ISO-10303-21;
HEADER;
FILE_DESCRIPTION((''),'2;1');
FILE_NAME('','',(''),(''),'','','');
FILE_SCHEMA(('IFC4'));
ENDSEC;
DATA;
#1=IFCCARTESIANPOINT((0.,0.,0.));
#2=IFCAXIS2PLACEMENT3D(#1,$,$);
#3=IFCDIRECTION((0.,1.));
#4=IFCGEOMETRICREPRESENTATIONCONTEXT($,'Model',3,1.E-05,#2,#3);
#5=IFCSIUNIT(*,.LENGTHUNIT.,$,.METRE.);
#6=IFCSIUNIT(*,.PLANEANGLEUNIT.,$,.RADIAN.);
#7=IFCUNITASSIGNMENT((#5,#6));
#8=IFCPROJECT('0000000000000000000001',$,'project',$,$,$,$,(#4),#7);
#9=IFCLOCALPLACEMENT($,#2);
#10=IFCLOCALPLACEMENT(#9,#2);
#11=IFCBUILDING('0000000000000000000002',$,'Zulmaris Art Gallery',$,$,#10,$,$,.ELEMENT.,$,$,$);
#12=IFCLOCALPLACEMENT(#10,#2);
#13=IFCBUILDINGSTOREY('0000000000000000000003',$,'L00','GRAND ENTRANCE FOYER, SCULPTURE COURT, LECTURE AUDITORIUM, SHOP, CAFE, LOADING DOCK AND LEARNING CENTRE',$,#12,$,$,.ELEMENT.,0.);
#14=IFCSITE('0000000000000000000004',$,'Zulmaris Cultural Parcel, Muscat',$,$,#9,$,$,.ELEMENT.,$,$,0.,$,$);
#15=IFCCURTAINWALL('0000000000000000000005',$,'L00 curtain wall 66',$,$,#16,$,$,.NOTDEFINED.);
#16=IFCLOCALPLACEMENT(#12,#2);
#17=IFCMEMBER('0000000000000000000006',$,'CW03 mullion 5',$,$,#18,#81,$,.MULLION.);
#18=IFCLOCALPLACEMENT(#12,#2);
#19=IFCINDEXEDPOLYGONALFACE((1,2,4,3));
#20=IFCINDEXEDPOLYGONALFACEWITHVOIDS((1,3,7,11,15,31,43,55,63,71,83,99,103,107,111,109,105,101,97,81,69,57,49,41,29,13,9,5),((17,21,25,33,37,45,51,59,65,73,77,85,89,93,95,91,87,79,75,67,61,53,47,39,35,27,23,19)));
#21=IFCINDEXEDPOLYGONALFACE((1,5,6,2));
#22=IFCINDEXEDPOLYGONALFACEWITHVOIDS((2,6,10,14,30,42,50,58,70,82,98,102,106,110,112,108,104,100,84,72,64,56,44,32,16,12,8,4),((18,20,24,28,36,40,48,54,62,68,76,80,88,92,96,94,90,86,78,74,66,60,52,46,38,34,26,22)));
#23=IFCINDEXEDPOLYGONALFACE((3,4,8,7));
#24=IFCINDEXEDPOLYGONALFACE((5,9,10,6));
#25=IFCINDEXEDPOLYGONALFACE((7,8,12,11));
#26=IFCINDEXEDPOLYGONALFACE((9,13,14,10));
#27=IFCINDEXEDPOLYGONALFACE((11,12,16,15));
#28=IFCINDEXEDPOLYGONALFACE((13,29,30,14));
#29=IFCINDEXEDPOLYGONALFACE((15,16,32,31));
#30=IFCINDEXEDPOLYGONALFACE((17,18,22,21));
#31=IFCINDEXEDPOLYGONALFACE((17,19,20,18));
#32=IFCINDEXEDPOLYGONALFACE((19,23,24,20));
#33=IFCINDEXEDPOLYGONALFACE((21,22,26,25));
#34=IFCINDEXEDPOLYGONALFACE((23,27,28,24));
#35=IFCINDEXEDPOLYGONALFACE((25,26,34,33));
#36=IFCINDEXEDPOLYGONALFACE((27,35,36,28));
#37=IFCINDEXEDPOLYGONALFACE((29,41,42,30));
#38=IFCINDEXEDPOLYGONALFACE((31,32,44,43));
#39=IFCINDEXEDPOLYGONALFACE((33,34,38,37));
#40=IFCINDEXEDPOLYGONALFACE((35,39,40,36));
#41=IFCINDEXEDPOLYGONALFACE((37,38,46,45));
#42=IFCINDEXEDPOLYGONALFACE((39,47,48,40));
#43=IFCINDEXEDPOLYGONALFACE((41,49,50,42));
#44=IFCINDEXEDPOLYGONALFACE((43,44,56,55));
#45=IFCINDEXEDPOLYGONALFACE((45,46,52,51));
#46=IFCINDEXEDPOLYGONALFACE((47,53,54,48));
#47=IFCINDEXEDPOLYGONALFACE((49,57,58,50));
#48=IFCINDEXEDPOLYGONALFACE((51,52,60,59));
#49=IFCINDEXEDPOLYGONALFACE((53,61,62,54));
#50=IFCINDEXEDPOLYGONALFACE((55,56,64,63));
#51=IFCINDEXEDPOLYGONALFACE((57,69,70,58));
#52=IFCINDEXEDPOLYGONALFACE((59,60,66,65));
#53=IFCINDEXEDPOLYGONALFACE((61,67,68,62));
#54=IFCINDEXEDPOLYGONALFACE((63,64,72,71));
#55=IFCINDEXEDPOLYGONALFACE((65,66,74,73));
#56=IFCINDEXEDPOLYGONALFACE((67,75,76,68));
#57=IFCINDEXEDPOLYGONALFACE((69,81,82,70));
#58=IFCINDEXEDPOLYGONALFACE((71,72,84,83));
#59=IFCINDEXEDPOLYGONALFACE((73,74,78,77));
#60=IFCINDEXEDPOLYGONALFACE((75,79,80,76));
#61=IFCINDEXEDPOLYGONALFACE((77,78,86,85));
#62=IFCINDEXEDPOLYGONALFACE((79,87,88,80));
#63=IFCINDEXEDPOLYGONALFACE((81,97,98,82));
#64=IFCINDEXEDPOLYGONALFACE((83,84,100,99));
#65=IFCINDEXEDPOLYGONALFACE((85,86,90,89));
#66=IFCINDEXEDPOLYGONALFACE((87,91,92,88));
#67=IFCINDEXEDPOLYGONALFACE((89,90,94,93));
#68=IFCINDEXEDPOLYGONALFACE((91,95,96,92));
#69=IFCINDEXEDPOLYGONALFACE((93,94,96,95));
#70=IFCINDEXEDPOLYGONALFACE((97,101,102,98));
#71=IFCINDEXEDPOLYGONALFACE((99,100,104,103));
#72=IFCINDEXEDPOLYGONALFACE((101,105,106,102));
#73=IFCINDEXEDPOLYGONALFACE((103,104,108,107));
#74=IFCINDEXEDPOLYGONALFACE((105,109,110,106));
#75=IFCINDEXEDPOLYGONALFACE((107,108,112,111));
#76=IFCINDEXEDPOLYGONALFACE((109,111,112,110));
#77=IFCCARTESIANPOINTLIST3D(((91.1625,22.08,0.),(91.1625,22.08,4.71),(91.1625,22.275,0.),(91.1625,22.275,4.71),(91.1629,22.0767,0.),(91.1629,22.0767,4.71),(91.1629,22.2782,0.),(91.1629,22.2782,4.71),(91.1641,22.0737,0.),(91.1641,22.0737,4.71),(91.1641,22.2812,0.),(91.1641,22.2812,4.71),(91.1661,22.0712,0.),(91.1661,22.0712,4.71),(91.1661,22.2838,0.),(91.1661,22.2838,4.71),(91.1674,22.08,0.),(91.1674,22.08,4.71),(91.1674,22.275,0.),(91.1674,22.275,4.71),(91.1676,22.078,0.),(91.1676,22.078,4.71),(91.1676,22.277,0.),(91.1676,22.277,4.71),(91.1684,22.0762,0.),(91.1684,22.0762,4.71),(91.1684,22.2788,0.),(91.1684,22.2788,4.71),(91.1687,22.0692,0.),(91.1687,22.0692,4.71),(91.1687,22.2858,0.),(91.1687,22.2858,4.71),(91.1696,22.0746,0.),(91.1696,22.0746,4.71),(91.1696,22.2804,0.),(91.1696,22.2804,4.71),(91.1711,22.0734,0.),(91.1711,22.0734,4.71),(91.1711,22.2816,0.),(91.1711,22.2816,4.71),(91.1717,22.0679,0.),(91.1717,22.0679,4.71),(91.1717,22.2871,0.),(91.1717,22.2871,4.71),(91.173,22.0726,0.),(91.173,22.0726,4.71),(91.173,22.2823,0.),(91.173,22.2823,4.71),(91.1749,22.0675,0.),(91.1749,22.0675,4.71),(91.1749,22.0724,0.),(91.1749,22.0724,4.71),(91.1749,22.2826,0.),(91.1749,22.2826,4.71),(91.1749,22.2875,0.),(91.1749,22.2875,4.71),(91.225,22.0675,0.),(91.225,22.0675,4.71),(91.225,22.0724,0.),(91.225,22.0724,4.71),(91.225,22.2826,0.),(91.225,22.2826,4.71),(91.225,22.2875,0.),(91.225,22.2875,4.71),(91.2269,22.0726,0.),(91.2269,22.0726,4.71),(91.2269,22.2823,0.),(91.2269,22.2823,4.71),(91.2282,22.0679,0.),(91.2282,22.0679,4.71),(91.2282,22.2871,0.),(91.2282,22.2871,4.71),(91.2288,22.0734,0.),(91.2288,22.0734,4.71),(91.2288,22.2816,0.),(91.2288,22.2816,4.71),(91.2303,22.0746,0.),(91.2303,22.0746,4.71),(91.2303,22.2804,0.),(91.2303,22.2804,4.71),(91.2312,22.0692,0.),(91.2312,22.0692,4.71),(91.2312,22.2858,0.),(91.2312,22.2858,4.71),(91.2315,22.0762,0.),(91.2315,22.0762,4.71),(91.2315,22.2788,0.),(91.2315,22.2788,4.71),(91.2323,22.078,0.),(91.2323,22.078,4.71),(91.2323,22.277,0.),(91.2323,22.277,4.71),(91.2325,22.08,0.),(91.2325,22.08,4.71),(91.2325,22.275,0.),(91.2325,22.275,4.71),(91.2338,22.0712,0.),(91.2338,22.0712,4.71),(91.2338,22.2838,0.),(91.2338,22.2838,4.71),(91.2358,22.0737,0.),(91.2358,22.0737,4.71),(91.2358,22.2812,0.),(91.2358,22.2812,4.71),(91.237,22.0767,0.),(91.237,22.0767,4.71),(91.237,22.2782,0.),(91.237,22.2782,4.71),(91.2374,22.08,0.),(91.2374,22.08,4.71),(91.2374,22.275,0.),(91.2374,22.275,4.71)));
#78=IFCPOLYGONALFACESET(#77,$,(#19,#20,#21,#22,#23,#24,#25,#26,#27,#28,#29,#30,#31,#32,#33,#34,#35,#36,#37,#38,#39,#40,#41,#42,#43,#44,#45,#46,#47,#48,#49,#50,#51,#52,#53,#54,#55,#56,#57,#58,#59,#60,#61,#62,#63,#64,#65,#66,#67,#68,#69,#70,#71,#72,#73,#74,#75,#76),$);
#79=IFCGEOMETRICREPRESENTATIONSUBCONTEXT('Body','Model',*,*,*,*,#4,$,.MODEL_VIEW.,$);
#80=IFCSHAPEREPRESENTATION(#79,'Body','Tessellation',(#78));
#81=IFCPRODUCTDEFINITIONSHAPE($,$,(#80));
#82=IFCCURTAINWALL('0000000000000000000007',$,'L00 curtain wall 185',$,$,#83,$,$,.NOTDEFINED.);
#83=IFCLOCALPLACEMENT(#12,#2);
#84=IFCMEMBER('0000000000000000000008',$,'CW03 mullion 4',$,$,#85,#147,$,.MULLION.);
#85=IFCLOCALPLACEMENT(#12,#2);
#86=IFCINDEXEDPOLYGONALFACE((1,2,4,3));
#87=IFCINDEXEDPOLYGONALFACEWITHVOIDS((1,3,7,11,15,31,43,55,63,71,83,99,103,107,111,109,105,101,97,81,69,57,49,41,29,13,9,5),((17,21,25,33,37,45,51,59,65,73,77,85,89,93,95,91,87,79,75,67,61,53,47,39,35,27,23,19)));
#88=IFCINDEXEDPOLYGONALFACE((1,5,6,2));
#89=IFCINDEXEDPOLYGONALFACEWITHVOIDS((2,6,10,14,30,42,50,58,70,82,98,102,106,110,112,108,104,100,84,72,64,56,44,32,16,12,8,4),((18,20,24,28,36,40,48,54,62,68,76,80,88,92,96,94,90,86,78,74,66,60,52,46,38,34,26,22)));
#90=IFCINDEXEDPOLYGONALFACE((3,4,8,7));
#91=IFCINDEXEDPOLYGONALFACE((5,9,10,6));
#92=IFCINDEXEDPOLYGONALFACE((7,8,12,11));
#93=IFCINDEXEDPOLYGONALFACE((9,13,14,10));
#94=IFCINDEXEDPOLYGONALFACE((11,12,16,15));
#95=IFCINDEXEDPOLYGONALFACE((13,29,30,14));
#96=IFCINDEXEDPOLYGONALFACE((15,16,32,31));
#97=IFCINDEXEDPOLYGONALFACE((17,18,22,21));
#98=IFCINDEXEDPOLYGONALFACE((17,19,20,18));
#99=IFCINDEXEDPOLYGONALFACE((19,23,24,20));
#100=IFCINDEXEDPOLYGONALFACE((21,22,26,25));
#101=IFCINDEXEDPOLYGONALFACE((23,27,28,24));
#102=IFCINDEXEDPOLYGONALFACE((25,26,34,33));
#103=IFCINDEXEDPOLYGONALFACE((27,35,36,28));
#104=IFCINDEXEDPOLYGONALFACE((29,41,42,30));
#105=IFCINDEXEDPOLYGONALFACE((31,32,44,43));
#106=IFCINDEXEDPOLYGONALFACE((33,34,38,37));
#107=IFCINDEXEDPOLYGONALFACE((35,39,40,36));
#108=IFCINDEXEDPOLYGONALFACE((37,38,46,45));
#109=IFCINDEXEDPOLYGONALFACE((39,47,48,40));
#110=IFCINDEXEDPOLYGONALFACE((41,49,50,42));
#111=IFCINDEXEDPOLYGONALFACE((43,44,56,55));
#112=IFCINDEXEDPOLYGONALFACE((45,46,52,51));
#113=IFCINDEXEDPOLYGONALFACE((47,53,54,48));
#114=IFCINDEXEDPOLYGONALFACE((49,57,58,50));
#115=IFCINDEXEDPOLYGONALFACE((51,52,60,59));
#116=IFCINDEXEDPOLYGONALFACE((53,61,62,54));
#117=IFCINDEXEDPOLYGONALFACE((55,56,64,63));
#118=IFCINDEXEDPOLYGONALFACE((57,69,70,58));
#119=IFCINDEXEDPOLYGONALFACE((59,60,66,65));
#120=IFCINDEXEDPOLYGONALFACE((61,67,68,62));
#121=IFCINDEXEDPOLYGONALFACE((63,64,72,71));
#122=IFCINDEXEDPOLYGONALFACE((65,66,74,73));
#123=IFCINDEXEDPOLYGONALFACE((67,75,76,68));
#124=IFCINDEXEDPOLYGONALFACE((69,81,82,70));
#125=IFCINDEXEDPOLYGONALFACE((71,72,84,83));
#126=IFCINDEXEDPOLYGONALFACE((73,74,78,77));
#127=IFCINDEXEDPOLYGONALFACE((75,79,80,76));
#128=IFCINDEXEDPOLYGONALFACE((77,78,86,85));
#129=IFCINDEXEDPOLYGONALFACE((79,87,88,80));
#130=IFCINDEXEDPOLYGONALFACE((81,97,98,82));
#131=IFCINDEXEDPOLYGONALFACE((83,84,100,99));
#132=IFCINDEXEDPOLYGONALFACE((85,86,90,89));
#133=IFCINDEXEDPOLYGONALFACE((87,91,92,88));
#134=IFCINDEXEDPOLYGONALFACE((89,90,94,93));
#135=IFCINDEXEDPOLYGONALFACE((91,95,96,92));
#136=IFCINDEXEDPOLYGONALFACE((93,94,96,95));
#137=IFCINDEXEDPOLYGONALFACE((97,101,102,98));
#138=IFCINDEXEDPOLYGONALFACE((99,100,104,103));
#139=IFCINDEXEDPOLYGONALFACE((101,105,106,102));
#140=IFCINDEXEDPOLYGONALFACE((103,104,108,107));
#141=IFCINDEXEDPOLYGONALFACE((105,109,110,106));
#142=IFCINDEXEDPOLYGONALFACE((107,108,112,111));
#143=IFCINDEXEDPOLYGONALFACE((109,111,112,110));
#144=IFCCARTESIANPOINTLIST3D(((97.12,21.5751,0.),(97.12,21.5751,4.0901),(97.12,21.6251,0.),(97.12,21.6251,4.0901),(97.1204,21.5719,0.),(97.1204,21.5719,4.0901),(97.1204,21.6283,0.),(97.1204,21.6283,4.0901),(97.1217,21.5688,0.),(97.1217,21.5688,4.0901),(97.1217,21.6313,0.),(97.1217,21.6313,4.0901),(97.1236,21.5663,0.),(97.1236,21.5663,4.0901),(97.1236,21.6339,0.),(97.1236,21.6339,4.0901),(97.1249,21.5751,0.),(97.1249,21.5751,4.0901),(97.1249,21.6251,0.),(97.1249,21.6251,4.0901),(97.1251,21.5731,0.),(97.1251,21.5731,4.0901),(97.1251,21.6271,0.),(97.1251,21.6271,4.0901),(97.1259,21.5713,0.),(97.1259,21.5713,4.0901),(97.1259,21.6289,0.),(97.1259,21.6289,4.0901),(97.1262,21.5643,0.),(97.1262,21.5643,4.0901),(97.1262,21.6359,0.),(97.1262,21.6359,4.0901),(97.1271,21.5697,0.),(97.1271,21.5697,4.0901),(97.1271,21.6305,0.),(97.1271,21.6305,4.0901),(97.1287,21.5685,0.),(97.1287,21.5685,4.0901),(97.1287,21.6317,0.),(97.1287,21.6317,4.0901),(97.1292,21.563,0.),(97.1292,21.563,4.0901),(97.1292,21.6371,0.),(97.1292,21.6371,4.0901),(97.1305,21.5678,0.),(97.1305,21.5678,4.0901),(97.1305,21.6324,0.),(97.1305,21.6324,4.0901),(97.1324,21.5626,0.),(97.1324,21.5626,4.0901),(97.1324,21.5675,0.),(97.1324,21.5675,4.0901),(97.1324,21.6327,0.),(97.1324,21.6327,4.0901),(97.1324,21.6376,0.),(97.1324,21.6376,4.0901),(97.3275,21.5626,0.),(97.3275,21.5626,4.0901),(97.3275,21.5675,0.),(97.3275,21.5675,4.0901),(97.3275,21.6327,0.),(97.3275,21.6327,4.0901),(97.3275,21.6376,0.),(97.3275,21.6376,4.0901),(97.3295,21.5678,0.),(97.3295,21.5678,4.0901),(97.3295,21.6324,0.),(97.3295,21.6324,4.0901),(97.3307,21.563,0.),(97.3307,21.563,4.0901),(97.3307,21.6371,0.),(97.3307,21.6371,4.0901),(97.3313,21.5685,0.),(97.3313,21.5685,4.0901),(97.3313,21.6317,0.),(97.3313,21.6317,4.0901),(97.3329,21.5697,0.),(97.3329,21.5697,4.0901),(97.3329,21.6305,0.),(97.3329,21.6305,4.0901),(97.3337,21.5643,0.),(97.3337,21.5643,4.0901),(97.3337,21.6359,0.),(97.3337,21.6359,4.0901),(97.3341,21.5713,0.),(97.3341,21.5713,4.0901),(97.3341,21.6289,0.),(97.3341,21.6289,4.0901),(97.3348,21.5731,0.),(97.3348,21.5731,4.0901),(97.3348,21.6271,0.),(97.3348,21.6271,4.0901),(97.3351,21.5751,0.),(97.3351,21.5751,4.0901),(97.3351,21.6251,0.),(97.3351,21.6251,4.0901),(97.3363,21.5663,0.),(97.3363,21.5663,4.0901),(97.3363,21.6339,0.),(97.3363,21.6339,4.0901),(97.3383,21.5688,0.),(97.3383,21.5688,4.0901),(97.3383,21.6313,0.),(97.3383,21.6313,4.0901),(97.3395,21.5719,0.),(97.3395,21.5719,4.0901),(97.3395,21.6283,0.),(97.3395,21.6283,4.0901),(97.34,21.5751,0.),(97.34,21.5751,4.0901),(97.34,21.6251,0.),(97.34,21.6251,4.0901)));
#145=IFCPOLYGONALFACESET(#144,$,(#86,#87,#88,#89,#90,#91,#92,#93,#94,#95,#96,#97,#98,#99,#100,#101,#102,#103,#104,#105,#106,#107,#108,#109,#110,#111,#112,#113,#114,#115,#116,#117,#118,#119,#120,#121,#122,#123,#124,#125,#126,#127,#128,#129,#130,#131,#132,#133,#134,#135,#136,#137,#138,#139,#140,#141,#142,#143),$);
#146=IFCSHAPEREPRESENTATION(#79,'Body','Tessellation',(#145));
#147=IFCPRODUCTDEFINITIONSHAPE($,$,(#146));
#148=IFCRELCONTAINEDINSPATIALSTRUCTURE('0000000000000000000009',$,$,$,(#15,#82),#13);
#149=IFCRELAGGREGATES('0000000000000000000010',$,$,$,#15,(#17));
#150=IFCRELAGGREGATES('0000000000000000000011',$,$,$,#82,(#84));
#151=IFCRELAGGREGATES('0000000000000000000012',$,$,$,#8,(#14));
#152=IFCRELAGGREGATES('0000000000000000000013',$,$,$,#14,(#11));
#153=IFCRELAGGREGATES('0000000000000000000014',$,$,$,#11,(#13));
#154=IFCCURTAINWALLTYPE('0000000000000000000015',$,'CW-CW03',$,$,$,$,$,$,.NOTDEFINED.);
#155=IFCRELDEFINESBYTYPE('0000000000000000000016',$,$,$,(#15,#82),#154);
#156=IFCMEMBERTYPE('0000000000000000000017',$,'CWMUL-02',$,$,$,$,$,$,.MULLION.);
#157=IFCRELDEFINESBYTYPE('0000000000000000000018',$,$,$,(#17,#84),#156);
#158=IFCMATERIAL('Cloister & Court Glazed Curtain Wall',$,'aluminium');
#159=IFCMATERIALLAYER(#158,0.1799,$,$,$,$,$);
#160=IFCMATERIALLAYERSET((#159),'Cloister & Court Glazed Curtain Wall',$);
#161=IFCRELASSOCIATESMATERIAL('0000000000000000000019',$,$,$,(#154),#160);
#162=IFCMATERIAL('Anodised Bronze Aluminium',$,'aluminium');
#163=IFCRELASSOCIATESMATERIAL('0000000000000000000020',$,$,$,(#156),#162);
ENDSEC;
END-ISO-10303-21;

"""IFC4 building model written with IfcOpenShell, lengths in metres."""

from ifc_helpers import new_model, si_unit, direction, frame, origin, origin_2d, place, context, subcontext, project, spatial, hollow_rectangle, extrude, material, layer, layer_set, material_profile, profile_set, type_object, element, aggregate, save


model = new_model("IFC4")

# Units and contexts
model_context = context("Model", 3, precision=1e-05, world=origin(), true_north=direction((0.0, 1.0)))
body_context = subcontext(model_context, "Body", "Model", "MODEL_VIEW")
ifc_project = project(units=[si_unit("LENGTHUNIT", "METRE"), si_unit("PLANEANGLEUNIT", "RADIAN")], contexts=[model_context])

# Site, building, storey
site_placement = place(None, origin())
site = spatial("IfcSite", under=ifc_project, at=site_placement, Name="Zulmaris Cultural Parcel, Muscat", CompositionType="ELEMENT", RefElevation=0.0)
building_placement = place(site_placement, origin())
building = spatial("IfcBuilding", under=site, at=building_placement, Name="Zulmaris Art Gallery", CompositionType="ELEMENT")
storey_placement = place(building_placement, origin())
storey = spatial("IfcBuildingStorey", under=building, at=storey_placement, Name="L00", Description="GRAND ENTRANCE FOYER, SCULPTURE COURT, LECTURE AUDITORIUM, SHOP, CAFE, LOADING DOCK AND LEARNING CENTRE", CompositionType="ELEMENT", Elevation=0.0)

# Curtain walls, members
ifc_material_1 = material(Name="Cloister & Court Glazed Curtain Wall", Category="aluminium")
ifc_layer_1 = layer(ifc_material_1, 0.1799)
ifc_layer_set_1 = layer_set([ifc_layer_1], Name="Cloister & Court Glazed Curtain Wall")
curtain_wall_type = type_object("IfcCurtainWallType", Name="CW-CW03", PredefinedType="NOTDEFINED", material=ifc_layer_set_1)
curtain_wall_1_placement = place(storey_placement, origin())
curtain_wall_1 = element("IfcCurtainWall", 1, at=curtain_wall_1_placement, inside=storey, type_object=curtain_wall_type, Name="L00 curtain wall 66", PredefinedType="NOTDEFINED")
ifc_material_2 = material(Name="Anodised Bronze Aluminium", Category="aluminium")
ifc_material_profile_1 = material_profile(ifc_material_2, hollow_rectangle(XDim=0.075, YDim=0.22, WallThickness=0.0049, InnerFilletRadius=0.0076, OuterFilletRadius=0.0125, at=origin_2d()), Name="ALU 75x220x5")
ifc_profile_set_1 = profile_set([ifc_material_profile_1], Name="Anodised Bronze Aluminium")
member_type_1 = type_object("IfcMemberType", Name="CWMUL-02", PredefinedType="MULLION", material=ifc_profile_set_1)
member_1_placement = place(storey_placement, frame((91.2, 22.1775, 0.0), z_axis=(0.0, 0.0, 1.0), x_axis=(1.0, 0.0, 0.0)))
member_1 = element("IfcMember", 2, at=member_1_placement, type_object=member_type_1, Name="CW03 mullion 5", PredefinedType="MULLION", context=body_context, shape_type="SweptSolid", body=[
    extrude(hollow_rectangle(XDim=0.075, YDim=0.22, WallThickness=0.0049, InnerFilletRadius=0.0076, OuterFilletRadius=0.0125, at=origin_2d()), origin(), (0.0, 0.0, 1.0), 4.71),
])
curtain_wall_2_placement = place(storey_placement, origin())
curtain_wall_2 = element("IfcCurtainWall", 3, at=curtain_wall_2_placement, inside=storey, type_object=curtain_wall_type, Name="L00 curtain wall 185", PredefinedType="NOTDEFINED")
member_2_placement = place(storey_placement, frame((97.23, 21.6001, 0.0), z_axis=(0.0, 0.0, 1.0), x_axis=(0.0, 1.0, 0.0)))
member_2 = element("IfcMember", 4, at=member_2_placement, type_object=member_type_1, Name="CW03 mullion 4", PredefinedType="MULLION", context=body_context, shape_type="SweptSolid", body=[
    extrude(hollow_rectangle(XDim=0.075, YDim=0.22, WallThickness=0.0049, InnerFilletRadius=0.0076, OuterFilletRadius=0.0125, at=origin_2d()), origin(), (0.0, 0.0, 1.0), 4.0901),
])

aggregate(curtain_wall_1, [member_1])
aggregate(curtain_wall_2, [member_2])

save(model, "model.ifc")
